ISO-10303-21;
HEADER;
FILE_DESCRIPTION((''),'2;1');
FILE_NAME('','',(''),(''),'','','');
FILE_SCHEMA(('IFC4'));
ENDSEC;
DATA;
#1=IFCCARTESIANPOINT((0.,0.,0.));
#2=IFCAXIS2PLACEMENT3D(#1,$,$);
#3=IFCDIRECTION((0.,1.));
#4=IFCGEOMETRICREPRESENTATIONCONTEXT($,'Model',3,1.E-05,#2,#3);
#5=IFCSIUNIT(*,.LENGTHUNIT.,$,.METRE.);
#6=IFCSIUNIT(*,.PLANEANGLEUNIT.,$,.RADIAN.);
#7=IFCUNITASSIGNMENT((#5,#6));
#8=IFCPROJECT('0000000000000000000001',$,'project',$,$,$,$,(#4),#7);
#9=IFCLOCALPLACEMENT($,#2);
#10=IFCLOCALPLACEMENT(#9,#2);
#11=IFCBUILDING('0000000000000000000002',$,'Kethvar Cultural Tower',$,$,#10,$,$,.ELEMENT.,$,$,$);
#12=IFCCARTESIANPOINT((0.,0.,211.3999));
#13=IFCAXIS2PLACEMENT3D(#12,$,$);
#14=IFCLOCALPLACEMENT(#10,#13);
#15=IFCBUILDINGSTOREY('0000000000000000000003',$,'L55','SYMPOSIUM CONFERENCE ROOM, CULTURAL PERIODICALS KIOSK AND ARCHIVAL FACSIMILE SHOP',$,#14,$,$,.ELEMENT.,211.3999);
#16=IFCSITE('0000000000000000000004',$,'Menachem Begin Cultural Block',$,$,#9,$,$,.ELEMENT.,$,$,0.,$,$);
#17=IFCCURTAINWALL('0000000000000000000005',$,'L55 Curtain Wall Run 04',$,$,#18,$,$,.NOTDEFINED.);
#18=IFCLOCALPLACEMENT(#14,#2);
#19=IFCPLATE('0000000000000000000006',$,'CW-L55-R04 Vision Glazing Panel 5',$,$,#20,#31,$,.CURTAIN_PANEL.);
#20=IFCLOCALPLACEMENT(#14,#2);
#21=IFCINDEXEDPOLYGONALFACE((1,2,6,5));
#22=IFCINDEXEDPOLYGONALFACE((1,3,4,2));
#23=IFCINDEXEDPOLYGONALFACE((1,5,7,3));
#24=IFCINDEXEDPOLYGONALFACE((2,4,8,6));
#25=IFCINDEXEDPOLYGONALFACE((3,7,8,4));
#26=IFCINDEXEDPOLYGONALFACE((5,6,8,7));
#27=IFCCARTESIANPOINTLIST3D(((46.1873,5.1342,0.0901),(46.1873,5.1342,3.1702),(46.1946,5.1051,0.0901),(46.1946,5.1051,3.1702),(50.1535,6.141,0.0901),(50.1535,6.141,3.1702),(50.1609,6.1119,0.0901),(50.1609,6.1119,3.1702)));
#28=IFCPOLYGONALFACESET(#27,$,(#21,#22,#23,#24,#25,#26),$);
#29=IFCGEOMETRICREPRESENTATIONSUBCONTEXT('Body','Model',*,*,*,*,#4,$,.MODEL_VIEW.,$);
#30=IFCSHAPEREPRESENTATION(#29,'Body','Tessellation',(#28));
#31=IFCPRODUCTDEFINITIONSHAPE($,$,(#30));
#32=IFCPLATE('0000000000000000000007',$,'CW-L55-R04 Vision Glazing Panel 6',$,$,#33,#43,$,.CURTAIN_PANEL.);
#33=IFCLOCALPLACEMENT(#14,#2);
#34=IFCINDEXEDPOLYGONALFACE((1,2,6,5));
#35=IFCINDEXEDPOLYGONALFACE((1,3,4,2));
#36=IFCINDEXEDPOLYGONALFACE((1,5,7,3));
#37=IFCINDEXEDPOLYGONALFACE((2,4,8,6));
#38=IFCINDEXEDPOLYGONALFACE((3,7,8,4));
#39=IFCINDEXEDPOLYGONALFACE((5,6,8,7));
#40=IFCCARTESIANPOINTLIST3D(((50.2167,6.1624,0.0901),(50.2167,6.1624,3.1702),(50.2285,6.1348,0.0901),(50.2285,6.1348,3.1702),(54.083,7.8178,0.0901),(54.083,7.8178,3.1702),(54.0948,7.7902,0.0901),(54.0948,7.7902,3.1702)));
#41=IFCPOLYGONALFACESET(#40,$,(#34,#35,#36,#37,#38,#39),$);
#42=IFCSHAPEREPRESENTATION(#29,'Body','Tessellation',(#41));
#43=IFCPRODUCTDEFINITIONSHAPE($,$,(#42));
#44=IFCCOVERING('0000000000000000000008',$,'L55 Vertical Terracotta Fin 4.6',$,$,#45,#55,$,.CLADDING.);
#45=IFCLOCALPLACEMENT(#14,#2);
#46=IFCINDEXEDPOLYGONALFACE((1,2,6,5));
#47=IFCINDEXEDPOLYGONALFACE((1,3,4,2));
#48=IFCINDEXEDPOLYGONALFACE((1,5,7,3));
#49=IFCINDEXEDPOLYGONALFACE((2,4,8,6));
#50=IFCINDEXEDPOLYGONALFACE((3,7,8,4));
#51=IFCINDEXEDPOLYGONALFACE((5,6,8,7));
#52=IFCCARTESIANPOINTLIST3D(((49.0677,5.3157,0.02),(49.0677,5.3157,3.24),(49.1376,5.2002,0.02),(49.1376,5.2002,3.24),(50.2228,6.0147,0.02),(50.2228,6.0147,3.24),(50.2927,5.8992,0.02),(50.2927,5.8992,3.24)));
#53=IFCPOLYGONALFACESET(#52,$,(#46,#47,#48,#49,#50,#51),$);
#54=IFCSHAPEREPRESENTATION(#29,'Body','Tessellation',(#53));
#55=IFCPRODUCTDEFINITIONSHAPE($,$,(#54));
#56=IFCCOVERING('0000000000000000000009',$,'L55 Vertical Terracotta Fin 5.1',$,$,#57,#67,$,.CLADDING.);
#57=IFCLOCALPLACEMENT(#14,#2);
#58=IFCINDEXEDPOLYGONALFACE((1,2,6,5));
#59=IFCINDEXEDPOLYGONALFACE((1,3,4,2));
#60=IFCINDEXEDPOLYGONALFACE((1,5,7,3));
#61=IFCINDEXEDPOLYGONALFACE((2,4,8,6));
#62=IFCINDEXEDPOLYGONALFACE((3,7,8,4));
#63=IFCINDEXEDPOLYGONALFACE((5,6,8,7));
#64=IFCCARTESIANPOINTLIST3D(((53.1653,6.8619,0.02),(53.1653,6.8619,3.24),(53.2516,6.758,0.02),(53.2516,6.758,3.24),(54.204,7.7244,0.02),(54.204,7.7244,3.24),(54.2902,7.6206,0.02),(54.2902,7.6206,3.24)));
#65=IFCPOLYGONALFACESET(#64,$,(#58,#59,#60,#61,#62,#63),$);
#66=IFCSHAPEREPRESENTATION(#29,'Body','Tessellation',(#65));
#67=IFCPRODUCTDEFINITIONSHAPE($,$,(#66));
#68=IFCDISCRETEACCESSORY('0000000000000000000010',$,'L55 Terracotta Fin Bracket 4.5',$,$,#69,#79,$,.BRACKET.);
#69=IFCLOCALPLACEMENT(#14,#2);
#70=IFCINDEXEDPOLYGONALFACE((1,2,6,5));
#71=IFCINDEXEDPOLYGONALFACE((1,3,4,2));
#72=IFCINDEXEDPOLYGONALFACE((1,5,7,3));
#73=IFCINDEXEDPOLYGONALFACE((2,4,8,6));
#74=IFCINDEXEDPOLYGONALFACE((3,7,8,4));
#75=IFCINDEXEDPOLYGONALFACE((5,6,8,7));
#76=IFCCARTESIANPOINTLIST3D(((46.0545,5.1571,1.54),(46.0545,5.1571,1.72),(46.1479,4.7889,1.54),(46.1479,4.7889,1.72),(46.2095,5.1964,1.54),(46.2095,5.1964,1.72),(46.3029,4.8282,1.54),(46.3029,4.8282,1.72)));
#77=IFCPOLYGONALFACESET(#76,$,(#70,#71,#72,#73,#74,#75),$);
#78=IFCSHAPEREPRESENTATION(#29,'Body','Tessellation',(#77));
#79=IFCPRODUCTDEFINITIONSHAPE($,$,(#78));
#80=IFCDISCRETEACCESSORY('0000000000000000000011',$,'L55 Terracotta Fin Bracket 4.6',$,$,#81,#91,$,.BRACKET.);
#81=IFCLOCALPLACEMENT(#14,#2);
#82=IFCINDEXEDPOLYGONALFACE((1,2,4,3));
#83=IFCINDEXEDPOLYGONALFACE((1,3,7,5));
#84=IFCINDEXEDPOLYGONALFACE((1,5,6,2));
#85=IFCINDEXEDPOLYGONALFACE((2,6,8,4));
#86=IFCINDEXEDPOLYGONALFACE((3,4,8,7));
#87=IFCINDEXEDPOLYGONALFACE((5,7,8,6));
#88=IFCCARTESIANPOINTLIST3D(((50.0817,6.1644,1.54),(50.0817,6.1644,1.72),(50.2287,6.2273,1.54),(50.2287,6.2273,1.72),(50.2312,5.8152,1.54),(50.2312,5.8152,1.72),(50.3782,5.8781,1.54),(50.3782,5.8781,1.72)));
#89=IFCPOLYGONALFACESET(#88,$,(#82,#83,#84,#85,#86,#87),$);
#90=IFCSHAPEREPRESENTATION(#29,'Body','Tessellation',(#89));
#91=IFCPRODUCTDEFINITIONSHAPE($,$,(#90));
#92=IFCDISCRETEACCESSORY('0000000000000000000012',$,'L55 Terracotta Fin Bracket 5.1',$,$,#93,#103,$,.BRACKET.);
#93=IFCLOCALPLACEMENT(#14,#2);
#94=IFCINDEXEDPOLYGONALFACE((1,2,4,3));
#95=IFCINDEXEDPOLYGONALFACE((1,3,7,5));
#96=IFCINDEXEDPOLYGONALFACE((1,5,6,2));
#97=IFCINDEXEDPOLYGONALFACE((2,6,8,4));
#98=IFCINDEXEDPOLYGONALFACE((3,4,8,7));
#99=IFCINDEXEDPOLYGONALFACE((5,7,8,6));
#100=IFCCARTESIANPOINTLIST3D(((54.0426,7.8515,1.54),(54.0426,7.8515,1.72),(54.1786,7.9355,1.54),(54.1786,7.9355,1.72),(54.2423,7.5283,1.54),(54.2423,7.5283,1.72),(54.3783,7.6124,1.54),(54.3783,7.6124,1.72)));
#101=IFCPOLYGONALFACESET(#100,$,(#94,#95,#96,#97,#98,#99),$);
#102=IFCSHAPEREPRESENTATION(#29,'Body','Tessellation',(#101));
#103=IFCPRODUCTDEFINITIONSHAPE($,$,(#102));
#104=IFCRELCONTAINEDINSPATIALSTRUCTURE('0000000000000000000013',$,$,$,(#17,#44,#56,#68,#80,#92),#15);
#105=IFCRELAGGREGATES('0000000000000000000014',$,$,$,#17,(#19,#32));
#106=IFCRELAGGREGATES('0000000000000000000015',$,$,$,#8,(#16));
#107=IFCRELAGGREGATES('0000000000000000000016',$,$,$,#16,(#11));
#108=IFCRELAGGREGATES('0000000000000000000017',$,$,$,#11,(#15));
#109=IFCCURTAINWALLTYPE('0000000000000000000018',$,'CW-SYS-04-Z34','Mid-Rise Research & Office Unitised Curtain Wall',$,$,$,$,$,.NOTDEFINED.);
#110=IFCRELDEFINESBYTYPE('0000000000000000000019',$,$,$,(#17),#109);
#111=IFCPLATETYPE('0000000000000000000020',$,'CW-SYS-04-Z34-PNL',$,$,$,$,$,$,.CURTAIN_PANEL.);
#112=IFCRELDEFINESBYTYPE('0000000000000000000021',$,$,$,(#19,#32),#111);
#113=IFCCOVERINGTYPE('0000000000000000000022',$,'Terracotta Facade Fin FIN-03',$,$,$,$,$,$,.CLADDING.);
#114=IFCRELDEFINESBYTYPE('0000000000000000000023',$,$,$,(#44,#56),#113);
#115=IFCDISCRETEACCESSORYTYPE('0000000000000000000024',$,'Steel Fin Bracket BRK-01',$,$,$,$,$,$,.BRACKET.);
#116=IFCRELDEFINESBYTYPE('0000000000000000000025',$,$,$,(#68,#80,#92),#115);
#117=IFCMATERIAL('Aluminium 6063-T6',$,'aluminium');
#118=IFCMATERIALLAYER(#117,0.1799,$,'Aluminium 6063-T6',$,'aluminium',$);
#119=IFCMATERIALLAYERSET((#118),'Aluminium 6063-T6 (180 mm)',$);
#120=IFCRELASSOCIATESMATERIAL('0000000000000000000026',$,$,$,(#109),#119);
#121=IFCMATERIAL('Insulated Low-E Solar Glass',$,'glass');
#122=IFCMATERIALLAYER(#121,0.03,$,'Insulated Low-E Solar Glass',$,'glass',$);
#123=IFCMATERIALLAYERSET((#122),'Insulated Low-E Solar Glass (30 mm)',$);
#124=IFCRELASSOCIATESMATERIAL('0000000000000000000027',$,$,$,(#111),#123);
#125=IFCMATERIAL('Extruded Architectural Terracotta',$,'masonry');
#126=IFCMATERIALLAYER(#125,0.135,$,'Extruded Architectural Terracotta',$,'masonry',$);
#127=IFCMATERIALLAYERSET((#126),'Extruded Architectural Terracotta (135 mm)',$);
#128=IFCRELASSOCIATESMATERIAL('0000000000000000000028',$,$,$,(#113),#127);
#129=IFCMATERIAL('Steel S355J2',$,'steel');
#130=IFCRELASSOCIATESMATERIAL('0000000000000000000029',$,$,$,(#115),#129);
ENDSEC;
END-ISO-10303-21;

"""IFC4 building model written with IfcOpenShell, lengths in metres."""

from ifc_helpers import new_model, si_unit, direction, frame, origin, origin_2d, place, context, subcontext, project, spatial, rectangle, extrude, source, transform, mapped, material, layer, layer_set, type_object, element, aggregate, save


model = new_model("IFC4")

# Units and contexts
model_context = context("Model", 3, precision=1e-05, world=origin(), true_north=direction((0.0, 1.0)))
body_context = subcontext(model_context, "Body", "Model", "MODEL_VIEW")
ifc_project = project(units=[si_unit("LENGTHUNIT", "METRE"), si_unit("PLANEANGLEUNIT", "RADIAN")], contexts=[model_context])

# Site, building, storey
site_placement = place(None, origin())
site = spatial("IfcSite", under=ifc_project, at=site_placement, Name="Menachem Begin Cultural Block", CompositionType="ELEMENT", RefElevation=0.0)
building_placement = place(site_placement, origin())
building = spatial("IfcBuilding", under=site, at=building_placement, Name="Kethvar Cultural Tower", CompositionType="ELEMENT")
storey_placement = place(building_placement, frame((0.0, 0.0, 211.3999)))
storey = spatial("IfcBuildingStorey", under=building, at=storey_placement, Name="L55", Description="SYMPOSIUM CONFERENCE ROOM, CULTURAL PERIODICALS KIOSK AND ARCHIVAL FACSIMILE SHOP", CompositionType="ELEMENT", Elevation=211.3999)

# Shared definitions
ifc_material_1 = material(Name="Steel S355J2", Category="steel")

# Shared definitions
ifc_material_2 = material(Name="Aluminium 6063-T6", Category="aluminium")
ifc_layer_1 = layer(ifc_material_2, 0.1799, Name="Aluminium 6063-T6", Category="aluminium")
ifc_layer_set_1 = layer_set([ifc_layer_1], Name="Aluminium 6063-T6 (180 mm)")
curtain_wall_type = type_object("IfcCurtainWallType", Name="CW-SYS-04-Z34", Description="Mid-Rise Research & Office Unitised Curtain Wall", PredefinedType="NOTDEFINED", material=ifc_layer_set_1)

# Curtain wall
curtain_wall_1_placement = place(storey_placement, origin())
curtain_wall_1 = element("IfcCurtainWall", 1, at=curtain_wall_1_placement, inside=storey, type_object=curtain_wall_type, Name="L55 Curtain Wall Run 04", PredefinedType="NOTDEFINED")

# Plates
ifc_material_3 = material(Name="Insulated Low-E Solar Glass", Category="glass")
ifc_layer_2 = layer(ifc_material_3, 0.03, Name="Insulated Low-E Solar Glass", Category="glass")
ifc_layer_set_2 = layer_set([ifc_layer_2], Name="Insulated Low-E Solar Glass (30 mm)")
plate_type = type_object("IfcPlateType", Name="CW-SYS-04-Z34-PNL", PredefinedType="CURTAIN_PANEL", material=ifc_layer_set_2)
shared_shape_1 = source(origin(), body_context, "Body", "SweptSolid", [
    extrude(rectangle(XDim=4.092, YDim=0.03, at=origin_2d()), origin(), (0.0, 0.0, 1.0), 3.0801),
])
plate_1_placement = place(storey_placement, frame((48.1741, 5.623, 0.0901), z_axis=(0.0, 0.0, 1.0), x_axis=(0.969257, 0.246052, 0.0)))
plate_1 = element("IfcPlate", 2, at=plate_1_placement, type_object=plate_type, Name="CW-L55-R04 Vision Glazing Panel 5", PredefinedType="CURTAIN_PANEL", context=body_context, shape_type="MappedRepresentation", body=[
    mapped(shared_shape_1, transform((0.0, 0.0, 0.0), scale=1.0)),
])
shared_shape_2 = source(origin(), body_context, "Body", "SweptSolid", [
    extrude(rectangle(XDim=4.2058, YDim=0.03, at=origin_2d()), origin(), (0.0, 0.0, 1.0), 3.0801),
])
plate_2_placement = place(storey_placement, frame((52.1558, 6.9763, 0.0901), z_axis=(0.0, 0.0, 1.0), x_axis=(0.91928, 0.393605, 0.0)))
plate_2 = element("IfcPlate", 3, at=plate_2_placement, type_object=plate_type, Name="CW-L55-R04 Vision Glazing Panel 6", PredefinedType="CURTAIN_PANEL", context=body_context, shape_type="MappedRepresentation", body=[
    mapped(shared_shape_2, transform((0.0, 0.0, 0.0), scale=1.0)),
])
aggregate(curtain_wall_1, [plate_1, plate_2])

# Coverings
ifc_material_4 = material(Name="Extruded Architectural Terracotta", Category="masonry")
ifc_layer_3 = layer(ifc_material_4, 0.135, Name="Extruded Architectural Terracotta", Category="masonry")
ifc_layer_set_3 = layer_set([ifc_layer_3], Name="Extruded Architectural Terracotta (135 mm)")
covering_type = type_object("IfcCoveringType", Name="Terracotta Facade Fin FIN-03", PredefinedType="CLADDING", material=ifc_layer_set_3)
shared_shape_3 = source(origin(), body_context, "Body", "SweptSolid", [
    extrude(rectangle(XDim=1.3501, YDim=0.135, at=origin_2d()), origin(), (0.0, 0.0, 1.0), 3.22),
])
for number, where, z_axis, x_axis, name in (
    (4, (49.6802, 5.6074, 0.02), (0.0, 0.0, 1.0), (-0.855545, -0.517728, 0.0), "L55 Vertical Terracotta Fin 4.6"),
    (5, (53.7278, 7.2412, 0.02), (0.0, 0.0, 1.0), (-0.769288, -0.638902, 0.0), "L55 Vertical Terracotta Fin 5.1"),
):
    element("IfcCovering", number, at=place(storey_placement, frame(where, z_axis=z_axis, x_axis=x_axis)), inside=storey, type_object=covering_type, Name=name, PredefinedType="CLADDING", context=body_context, shape_type="MappedRepresentation", body=[
        mapped(shared_shape_3, transform((0.0, 0.0, 0.0), scale=1.0)),
    ])

# Discrete accessories
discrete_accessory_type = type_object("IfcDiscreteAccessoryType", Name="Steel Fin Bracket BRK-01", PredefinedType="BRACKET", material=ifc_material_1)
shared_shape_4 = source(origin(), body_context, "Body", "SweptSolid", [
    extrude(rectangle(XDim=0.3799, YDim=0.1599, at=origin_2d()), origin(), (0.0, 0.0, 1.0), 0.1799),
])
for number, where, z_axis, x_axis, name in (
    (6, (46.1787, 4.9927, 1.54), (0.0, 0.0, 1.0), (0.245984, -0.969274, 0.0), "L55 Terracotta Fin Bracket 4.5"),
    (7, (50.23, 6.0212, 1.54), (0.0, 0.0, 1.0), (0.393621, -0.919273, 0.0), "L55 Terracotta Fin Bracket 4.6"),
    (8, (54.2104, 7.7319, 1.54), (0.0, 0.0, 1.0), (0.52562, -0.850719, 0.0), "L55 Terracotta Fin Bracket 5.1"),
):
    element("IfcDiscreteAccessory", number, at=place(storey_placement, frame(where, z_axis=z_axis, x_axis=x_axis)), inside=storey, type_object=discrete_accessory_type, Name=name, PredefinedType="BRACKET", context=body_context, shape_type="MappedRepresentation", body=[
        mapped(shared_shape_4, transform((0.0, 0.0, 0.0), scale=1.0)),
    ])

save(model, "model.ifc")
